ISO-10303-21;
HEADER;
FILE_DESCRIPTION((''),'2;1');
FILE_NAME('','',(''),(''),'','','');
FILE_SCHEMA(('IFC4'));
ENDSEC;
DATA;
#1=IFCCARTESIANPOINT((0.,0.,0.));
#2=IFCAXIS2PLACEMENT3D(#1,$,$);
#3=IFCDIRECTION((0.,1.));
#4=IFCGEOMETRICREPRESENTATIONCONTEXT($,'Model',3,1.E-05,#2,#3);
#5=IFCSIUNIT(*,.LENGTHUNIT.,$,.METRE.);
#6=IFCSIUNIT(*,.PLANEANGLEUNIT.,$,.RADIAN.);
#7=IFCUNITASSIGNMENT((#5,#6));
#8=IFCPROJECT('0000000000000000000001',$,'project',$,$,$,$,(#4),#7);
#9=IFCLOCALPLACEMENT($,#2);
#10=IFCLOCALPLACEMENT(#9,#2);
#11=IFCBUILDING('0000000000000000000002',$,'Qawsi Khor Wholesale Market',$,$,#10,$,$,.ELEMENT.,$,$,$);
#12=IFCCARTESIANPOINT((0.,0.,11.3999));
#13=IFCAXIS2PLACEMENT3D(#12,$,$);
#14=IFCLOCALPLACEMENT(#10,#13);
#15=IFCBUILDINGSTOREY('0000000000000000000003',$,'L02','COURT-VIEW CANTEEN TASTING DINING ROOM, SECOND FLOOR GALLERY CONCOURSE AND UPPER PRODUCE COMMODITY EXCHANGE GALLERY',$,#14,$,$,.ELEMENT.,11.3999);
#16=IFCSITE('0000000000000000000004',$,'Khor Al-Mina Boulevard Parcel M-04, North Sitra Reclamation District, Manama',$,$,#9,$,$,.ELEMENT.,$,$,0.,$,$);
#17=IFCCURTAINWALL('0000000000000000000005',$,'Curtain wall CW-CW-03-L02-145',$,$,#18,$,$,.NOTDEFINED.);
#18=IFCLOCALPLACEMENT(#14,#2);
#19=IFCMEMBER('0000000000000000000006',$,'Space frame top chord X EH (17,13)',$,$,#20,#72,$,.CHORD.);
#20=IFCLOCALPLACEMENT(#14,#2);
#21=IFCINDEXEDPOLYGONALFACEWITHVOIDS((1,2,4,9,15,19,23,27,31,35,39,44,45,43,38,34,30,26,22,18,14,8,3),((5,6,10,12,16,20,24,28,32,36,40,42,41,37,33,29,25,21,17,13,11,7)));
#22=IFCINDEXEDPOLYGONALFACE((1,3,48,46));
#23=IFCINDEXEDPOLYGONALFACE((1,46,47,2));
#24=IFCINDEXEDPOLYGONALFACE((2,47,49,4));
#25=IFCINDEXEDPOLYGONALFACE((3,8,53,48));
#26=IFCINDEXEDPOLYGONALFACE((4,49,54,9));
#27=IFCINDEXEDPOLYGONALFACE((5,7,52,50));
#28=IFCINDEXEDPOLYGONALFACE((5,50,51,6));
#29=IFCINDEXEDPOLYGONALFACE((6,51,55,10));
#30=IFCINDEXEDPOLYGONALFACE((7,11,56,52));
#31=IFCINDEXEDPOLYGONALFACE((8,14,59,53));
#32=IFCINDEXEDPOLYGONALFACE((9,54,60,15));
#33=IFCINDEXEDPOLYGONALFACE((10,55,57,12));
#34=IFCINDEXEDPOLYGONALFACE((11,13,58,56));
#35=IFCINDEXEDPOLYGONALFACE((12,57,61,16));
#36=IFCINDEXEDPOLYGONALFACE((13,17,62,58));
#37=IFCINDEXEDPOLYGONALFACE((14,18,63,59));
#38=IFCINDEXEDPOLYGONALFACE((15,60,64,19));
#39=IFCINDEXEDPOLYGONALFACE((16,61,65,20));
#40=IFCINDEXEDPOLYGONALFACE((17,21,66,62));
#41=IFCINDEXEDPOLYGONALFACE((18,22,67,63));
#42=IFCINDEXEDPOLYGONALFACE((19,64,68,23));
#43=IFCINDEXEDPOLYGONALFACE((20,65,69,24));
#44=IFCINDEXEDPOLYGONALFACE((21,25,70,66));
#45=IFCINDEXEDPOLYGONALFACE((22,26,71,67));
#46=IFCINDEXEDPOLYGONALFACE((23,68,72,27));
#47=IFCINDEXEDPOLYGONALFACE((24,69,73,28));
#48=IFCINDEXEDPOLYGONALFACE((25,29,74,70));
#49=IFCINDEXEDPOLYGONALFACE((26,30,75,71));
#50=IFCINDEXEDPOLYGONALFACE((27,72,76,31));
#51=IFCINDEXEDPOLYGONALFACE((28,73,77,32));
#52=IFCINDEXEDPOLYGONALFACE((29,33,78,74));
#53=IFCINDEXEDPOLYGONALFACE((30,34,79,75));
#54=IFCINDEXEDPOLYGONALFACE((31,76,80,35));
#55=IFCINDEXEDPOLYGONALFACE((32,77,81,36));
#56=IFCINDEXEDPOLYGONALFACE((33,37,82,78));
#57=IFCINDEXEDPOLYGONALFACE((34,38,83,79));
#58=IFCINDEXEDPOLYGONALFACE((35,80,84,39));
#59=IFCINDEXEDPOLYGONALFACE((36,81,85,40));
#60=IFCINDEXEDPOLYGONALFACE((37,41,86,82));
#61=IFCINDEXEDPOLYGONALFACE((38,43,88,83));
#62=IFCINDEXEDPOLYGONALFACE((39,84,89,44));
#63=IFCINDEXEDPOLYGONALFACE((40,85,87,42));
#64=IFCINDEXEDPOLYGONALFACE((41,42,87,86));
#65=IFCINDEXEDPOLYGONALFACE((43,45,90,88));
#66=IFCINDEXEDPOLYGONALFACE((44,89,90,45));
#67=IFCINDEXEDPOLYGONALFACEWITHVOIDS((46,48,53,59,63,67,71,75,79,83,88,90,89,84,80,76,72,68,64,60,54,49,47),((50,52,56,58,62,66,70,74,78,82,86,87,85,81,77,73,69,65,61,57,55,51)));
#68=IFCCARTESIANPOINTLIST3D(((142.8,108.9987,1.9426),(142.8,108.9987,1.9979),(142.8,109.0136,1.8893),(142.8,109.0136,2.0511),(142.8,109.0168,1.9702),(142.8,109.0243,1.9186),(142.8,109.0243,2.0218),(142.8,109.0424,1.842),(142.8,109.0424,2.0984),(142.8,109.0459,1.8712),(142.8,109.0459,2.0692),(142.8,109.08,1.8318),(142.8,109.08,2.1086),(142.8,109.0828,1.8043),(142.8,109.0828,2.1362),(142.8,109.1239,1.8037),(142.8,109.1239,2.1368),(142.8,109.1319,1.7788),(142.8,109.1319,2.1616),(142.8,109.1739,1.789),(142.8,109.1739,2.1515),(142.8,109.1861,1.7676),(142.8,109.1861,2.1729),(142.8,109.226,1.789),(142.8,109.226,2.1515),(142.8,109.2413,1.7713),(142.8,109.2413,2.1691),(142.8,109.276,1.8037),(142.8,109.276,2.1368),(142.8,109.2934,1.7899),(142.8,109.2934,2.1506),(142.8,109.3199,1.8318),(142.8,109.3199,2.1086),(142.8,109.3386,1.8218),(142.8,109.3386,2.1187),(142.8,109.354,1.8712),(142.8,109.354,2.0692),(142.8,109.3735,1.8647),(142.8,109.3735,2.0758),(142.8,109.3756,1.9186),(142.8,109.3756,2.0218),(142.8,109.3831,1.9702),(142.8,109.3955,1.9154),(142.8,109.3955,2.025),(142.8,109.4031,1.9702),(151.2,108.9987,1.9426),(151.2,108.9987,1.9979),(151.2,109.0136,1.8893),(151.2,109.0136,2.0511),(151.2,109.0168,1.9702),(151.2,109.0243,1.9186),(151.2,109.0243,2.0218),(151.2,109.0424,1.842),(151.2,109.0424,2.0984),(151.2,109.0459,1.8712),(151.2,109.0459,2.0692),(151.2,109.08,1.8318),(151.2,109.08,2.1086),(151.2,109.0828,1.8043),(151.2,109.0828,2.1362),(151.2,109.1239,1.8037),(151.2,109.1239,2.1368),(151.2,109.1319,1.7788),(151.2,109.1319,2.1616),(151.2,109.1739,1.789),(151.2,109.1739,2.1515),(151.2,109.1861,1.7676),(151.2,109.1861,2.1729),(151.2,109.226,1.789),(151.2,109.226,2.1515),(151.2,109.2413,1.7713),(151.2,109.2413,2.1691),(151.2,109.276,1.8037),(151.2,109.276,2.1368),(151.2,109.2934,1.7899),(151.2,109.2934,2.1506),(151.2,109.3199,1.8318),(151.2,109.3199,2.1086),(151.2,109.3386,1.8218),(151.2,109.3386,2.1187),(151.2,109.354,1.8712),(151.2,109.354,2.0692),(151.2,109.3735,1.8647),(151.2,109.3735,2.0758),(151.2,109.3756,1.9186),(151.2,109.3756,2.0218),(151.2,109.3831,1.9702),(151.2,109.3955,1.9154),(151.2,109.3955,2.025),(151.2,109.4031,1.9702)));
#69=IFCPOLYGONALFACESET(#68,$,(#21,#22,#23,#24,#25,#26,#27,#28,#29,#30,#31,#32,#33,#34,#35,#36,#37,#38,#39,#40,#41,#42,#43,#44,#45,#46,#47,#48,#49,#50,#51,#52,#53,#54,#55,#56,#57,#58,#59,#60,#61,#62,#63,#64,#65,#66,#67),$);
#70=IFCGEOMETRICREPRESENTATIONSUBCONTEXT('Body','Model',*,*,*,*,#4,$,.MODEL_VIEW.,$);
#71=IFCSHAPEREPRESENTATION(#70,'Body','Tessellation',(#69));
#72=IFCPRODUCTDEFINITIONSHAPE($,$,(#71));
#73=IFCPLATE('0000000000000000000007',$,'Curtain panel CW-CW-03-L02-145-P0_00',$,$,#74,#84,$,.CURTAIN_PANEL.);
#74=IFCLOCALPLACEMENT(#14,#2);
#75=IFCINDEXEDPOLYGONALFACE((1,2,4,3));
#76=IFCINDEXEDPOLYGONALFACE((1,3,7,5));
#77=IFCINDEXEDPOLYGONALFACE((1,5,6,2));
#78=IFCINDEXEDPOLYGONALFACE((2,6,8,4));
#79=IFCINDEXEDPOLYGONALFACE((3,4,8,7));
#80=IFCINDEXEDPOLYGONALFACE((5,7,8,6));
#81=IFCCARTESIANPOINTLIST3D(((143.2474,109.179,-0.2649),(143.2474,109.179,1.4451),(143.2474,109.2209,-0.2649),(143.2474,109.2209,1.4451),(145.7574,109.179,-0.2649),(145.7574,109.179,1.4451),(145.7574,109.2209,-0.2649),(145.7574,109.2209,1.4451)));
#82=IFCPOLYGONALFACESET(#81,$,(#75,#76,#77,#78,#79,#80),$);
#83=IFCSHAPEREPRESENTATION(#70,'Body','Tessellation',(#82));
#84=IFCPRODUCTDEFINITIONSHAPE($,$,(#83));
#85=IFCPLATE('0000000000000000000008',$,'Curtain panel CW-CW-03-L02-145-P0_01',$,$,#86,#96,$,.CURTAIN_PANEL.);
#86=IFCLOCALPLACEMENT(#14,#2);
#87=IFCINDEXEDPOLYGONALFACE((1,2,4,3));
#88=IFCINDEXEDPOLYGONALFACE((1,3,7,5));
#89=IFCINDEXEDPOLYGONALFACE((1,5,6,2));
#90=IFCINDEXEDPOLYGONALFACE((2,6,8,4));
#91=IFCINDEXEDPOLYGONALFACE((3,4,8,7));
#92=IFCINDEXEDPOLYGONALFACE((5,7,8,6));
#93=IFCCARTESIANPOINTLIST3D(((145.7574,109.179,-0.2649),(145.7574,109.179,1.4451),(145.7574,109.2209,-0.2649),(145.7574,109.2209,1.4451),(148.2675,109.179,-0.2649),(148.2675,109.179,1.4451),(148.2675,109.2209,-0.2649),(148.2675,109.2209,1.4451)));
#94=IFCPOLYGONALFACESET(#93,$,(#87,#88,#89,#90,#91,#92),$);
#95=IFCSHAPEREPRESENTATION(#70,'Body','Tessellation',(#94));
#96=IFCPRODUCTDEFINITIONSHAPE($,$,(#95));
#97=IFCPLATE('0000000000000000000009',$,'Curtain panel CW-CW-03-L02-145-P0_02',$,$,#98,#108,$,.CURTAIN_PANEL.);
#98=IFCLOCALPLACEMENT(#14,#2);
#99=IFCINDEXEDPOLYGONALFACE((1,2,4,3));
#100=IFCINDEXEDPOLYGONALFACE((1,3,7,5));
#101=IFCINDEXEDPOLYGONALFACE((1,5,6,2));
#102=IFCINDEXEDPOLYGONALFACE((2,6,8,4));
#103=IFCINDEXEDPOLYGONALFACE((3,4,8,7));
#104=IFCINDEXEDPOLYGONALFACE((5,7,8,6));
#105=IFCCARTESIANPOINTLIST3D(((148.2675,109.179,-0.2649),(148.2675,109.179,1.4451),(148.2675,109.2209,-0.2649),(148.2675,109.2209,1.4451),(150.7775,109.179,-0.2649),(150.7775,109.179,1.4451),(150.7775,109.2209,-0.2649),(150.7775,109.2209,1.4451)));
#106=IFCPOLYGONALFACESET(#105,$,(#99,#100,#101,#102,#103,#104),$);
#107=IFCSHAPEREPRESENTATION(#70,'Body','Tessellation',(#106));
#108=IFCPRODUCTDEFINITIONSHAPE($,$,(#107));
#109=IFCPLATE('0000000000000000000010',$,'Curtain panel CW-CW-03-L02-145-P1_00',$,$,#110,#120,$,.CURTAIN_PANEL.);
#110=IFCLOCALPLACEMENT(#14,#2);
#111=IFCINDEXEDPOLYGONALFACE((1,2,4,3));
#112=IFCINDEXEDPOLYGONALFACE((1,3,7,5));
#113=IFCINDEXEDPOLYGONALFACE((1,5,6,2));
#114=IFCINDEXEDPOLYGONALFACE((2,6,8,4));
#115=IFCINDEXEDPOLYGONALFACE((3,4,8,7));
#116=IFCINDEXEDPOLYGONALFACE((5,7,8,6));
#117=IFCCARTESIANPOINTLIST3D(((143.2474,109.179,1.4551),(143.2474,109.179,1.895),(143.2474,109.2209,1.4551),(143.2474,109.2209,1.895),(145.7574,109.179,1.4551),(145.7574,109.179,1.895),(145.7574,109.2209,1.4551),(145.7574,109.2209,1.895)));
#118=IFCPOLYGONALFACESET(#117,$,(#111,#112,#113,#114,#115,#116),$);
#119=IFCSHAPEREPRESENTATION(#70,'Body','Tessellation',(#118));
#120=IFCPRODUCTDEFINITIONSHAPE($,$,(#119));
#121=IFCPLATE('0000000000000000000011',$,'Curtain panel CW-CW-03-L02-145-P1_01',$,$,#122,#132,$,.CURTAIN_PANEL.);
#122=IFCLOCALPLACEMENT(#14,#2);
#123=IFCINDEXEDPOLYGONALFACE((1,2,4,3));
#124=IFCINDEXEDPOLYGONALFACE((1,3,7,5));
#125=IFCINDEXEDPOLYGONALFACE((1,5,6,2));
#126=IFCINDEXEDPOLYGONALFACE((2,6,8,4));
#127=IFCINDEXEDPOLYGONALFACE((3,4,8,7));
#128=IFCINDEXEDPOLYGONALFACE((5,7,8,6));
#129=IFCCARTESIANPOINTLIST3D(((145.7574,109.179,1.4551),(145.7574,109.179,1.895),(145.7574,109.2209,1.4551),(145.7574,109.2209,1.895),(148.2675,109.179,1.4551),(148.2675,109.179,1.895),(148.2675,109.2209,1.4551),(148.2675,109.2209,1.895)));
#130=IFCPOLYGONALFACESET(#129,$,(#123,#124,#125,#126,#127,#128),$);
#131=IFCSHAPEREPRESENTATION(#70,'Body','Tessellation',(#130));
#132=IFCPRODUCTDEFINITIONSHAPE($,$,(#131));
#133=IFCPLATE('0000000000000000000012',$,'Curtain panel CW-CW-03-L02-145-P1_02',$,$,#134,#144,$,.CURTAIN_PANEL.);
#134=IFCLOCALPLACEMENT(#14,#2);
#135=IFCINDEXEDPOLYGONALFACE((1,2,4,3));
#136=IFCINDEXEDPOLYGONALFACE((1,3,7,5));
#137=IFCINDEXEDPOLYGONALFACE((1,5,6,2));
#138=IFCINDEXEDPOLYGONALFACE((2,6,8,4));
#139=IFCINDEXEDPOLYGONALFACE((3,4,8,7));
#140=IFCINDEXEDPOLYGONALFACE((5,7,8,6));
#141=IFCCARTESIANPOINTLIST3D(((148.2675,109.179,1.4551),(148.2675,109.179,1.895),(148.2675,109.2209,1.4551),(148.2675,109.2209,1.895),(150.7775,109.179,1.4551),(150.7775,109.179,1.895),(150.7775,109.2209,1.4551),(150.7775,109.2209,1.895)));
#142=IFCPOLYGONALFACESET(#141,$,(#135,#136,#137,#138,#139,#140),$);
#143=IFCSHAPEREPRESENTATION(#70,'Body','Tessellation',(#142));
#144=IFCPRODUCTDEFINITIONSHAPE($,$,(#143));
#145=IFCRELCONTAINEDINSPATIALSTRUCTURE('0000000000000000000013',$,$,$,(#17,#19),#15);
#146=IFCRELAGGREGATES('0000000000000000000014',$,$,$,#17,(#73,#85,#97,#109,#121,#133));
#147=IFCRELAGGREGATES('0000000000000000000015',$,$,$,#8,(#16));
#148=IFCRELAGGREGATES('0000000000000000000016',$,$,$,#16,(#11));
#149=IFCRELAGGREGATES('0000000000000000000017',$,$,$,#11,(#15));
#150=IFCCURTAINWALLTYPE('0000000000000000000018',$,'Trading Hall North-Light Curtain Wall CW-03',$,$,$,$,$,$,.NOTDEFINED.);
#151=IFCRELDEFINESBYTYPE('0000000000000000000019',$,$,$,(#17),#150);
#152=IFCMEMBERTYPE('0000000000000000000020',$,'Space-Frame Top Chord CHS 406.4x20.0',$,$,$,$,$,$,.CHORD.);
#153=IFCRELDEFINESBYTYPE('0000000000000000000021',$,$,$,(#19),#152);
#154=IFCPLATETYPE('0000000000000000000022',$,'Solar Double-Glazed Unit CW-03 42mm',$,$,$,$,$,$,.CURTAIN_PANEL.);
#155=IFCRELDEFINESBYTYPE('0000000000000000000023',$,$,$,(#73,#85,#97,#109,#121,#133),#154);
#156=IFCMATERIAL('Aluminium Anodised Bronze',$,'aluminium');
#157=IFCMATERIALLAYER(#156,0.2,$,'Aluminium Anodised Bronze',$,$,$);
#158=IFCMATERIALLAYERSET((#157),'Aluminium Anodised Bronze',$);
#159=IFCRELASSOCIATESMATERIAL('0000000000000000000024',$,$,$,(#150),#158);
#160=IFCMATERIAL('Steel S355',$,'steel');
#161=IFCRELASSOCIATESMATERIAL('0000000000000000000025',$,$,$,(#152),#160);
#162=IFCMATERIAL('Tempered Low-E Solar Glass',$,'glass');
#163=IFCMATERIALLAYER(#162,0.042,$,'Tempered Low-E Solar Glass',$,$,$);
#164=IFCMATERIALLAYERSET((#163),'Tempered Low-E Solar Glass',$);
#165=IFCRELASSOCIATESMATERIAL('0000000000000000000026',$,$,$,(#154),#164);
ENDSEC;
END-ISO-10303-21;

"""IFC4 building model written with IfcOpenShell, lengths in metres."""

from ifc_helpers import new_model, si_unit, direction, frame, frame_2d, origin, origin_2d, place, context, subcontext, project, spatial, rectangle, hollow_circle, extrude, material, layer, layer_set, material_profile, profile_set, type_object, element, aggregate, save


model = new_model("IFC4")

# Units and contexts
model_context = context("Model", 3, precision=1e-05, world=origin(), true_north=direction((0.0, 1.0)))
body_context = subcontext(model_context, "Body", "Model", "MODEL_VIEW")
ifc_project = project(units=[si_unit("LENGTHUNIT", "METRE"), si_unit("PLANEANGLEUNIT", "RADIAN")], contexts=[model_context])

# Site, building, storey
site_placement = place(None, origin())
site = spatial("IfcSite", under=ifc_project, at=site_placement, Name="Khor Al-Mina Boulevard Parcel M-04, North Sitra Reclamation District, Manama", CompositionType="ELEMENT", RefElevation=0.0)
building_placement = place(site_placement, origin())
building = spatial("IfcBuilding", under=site, at=building_placement, Name="Qawsi Khor Wholesale Market", CompositionType="ELEMENT")
storey_placement = place(building_placement, frame((0.0, 0.0, 11.3999)))
storey = spatial("IfcBuildingStorey", under=building, at=storey_placement, Name="L02", Description="COURT-VIEW CANTEEN TASTING DINING ROOM, SECOND FLOOR GALLERY CONCOURSE AND UPPER PRODUCE COMMODITY EXCHANGE GALLERY", CompositionType="ELEMENT", Elevation=11.3999)

# Curtain wall
ifc_material_1 = material(Name="Aluminium Anodised Bronze", Category="aluminium")
ifc_layer_1 = layer(ifc_material_1, 0.2, Name="Aluminium Anodised Bronze")
ifc_layer_set_1 = layer_set([ifc_layer_1], Name="Aluminium Anodised Bronze")
curtain_wall_type = type_object("IfcCurtainWallType", Name="Trading Hall North-Light Curtain Wall CW-03", PredefinedType="NOTDEFINED", material=ifc_layer_set_1)
curtain_wall_placement = place(storey_placement, origin())
curtain_wall = element("IfcCurtainWall", 1, at=curtain_wall_placement, inside=storey, type_object=curtain_wall_type, Name="Curtain wall CW-CW-03-L02-145", PredefinedType="NOTDEFINED")

# Member
ifc_material_2 = material(Name="Steel S355", Category="steel")
ifc_material_profile_1 = material_profile(ifc_material_2, hollow_circle(Radius=0.2031, WallThickness=0.02, at=origin_2d()), Name="CHS 406.4x20.0")
ifc_profile_set_1 = profile_set([ifc_material_profile_1], Name="Steel S355")
member_type_1 = type_object("IfcMemberType", Name="Space-Frame Top Chord CHS 406.4x20.0", PredefinedType="CHORD", material=ifc_profile_set_1)
member_1_placement = place(storey_placement, frame((142.8, 109.2, 1.9702), z_axis=(1.0, 0.0, 0.0), x_axis=(0.0, 1.0, 0.0)))
element("IfcMember", 2, at=member_1_placement, inside=storey, type_object=member_type_1, Name="Space frame top chord X EH (17,13)", PredefinedType="CHORD", context=body_context, shape_type="SweptSolid", body=[
    extrude(hollow_circle(Radius=0.2031, WallThickness=0.02, at=origin_2d()), origin(), (0.0, 0.0, 1.0), 8.3999),
])

# Plates
ifc_material_3 = material(Name="Tempered Low-E Solar Glass", Category="glass")
ifc_layer_2 = layer(ifc_material_3, 0.042, Name="Tempered Low-E Solar Glass")
ifc_layer_set_2 = layer_set([ifc_layer_2], Name="Tempered Low-E Solar Glass")
plate_type = type_object("IfcPlateType", Name="Solar Double-Glazed Unit CW-03 42mm", PredefinedType="CURTAIN_PANEL", material=ifc_layer_set_2)
plate_1_placement = place(storey_placement, frame((143.2476, 109.2, -0.2649), z_axis=(0.0, 0.0, 1.0), x_axis=(1.0, 0.0, 0.0)))
plate_1 = element("IfcPlate", 3, at=plate_1_placement, type_object=plate_type, Name="Curtain panel CW-CW-03-L02-145-P0_00", PredefinedType="CURTAIN_PANEL", context=body_context, shape_type="SweptSolid", body=[
    extrude(rectangle(XDim=2.51, YDim=0.042, at=frame_2d((1.2549, 0.0))), origin(), (0.0, 0.0, 1.0), 1.71),
])
plate_2_placement = place(storey_placement, frame((145.7576, 109.2, -0.2649), z_axis=(0.0, 0.0, 1.0), x_axis=(1.0, 0.0, 0.0)))
plate_2 = element("IfcPlate", 4, at=plate_2_placement, type_object=plate_type, Name="Curtain panel CW-CW-03-L02-145-P0_01", PredefinedType="CURTAIN_PANEL", context=body_context, shape_type="SweptSolid", body=[
    extrude(rectangle(XDim=2.51, YDim=0.042, at=frame_2d((1.2549, 0.0))), origin(), (0.0, 0.0, 1.0), 1.71),
])
plate_3_placement = place(storey_placement, frame((148.2676, 109.2, -0.2649), z_axis=(0.0, 0.0, 1.0), x_axis=(1.0, 0.0, 0.0)))
plate_3 = element("IfcPlate", 5, at=plate_3_placement, type_object=plate_type, Name="Curtain panel CW-CW-03-L02-145-P0_02", PredefinedType="CURTAIN_PANEL", context=body_context, shape_type="SweptSolid", body=[
    extrude(rectangle(XDim=2.51, YDim=0.042, at=frame_2d((1.2549, 0.0))), origin(), (0.0, 0.0, 1.0), 1.71),
])
plate_4_placement = place(storey_placement, frame((143.2476, 109.2, 1.4551), z_axis=(0.0, 0.0, 1.0), x_axis=(1.0, 0.0, 0.0)))
plate_4 = element("IfcPlate", 6, at=plate_4_placement, type_object=plate_type, Name="Curtain panel CW-CW-03-L02-145-P1_00", PredefinedType="CURTAIN_PANEL", context=body_context, shape_type="SweptSolid", body=[
    extrude(rectangle(XDim=2.51, YDim=0.042, at=frame_2d((1.2549, 0.0))), origin(), (0.0, 0.0, 1.0), 0.4399),
])
plate_5_placement = place(storey_placement, frame((145.7576, 109.2, 1.4551), z_axis=(0.0, 0.0, 1.0), x_axis=(1.0, 0.0, 0.0)))
plate_5 = element("IfcPlate", 7, at=plate_5_placement, type_object=plate_type, Name="Curtain panel CW-CW-03-L02-145-P1_01", PredefinedType="CURTAIN_PANEL", context=body_context, shape_type="SweptSolid", body=[
    extrude(rectangle(XDim=2.51, YDim=0.042, at=frame_2d((1.2549, 0.0))), origin(), (0.0, 0.0, 1.0), 0.4399),
])
plate_6_placement = place(storey_placement, frame((148.2676, 109.2, 1.4551), z_axis=(0.0, 0.0, 1.0), x_axis=(1.0, 0.0, 0.0)))
plate_6 = element("IfcPlate", 8, at=plate_6_placement, type_object=plate_type, Name="Curtain panel CW-CW-03-L02-145-P1_02", PredefinedType="CURTAIN_PANEL", context=body_context, shape_type="SweptSolid", body=[
    extrude(rectangle(XDim=2.51, YDim=0.042, at=frame_2d((1.2549, 0.0))), origin(), (0.0, 0.0, 1.0), 0.4399),
])
aggregate(curtain_wall, [plate_1, plate_2, plate_3, plate_4, plate_5, plate_6])

save(model, "model.ifc")
